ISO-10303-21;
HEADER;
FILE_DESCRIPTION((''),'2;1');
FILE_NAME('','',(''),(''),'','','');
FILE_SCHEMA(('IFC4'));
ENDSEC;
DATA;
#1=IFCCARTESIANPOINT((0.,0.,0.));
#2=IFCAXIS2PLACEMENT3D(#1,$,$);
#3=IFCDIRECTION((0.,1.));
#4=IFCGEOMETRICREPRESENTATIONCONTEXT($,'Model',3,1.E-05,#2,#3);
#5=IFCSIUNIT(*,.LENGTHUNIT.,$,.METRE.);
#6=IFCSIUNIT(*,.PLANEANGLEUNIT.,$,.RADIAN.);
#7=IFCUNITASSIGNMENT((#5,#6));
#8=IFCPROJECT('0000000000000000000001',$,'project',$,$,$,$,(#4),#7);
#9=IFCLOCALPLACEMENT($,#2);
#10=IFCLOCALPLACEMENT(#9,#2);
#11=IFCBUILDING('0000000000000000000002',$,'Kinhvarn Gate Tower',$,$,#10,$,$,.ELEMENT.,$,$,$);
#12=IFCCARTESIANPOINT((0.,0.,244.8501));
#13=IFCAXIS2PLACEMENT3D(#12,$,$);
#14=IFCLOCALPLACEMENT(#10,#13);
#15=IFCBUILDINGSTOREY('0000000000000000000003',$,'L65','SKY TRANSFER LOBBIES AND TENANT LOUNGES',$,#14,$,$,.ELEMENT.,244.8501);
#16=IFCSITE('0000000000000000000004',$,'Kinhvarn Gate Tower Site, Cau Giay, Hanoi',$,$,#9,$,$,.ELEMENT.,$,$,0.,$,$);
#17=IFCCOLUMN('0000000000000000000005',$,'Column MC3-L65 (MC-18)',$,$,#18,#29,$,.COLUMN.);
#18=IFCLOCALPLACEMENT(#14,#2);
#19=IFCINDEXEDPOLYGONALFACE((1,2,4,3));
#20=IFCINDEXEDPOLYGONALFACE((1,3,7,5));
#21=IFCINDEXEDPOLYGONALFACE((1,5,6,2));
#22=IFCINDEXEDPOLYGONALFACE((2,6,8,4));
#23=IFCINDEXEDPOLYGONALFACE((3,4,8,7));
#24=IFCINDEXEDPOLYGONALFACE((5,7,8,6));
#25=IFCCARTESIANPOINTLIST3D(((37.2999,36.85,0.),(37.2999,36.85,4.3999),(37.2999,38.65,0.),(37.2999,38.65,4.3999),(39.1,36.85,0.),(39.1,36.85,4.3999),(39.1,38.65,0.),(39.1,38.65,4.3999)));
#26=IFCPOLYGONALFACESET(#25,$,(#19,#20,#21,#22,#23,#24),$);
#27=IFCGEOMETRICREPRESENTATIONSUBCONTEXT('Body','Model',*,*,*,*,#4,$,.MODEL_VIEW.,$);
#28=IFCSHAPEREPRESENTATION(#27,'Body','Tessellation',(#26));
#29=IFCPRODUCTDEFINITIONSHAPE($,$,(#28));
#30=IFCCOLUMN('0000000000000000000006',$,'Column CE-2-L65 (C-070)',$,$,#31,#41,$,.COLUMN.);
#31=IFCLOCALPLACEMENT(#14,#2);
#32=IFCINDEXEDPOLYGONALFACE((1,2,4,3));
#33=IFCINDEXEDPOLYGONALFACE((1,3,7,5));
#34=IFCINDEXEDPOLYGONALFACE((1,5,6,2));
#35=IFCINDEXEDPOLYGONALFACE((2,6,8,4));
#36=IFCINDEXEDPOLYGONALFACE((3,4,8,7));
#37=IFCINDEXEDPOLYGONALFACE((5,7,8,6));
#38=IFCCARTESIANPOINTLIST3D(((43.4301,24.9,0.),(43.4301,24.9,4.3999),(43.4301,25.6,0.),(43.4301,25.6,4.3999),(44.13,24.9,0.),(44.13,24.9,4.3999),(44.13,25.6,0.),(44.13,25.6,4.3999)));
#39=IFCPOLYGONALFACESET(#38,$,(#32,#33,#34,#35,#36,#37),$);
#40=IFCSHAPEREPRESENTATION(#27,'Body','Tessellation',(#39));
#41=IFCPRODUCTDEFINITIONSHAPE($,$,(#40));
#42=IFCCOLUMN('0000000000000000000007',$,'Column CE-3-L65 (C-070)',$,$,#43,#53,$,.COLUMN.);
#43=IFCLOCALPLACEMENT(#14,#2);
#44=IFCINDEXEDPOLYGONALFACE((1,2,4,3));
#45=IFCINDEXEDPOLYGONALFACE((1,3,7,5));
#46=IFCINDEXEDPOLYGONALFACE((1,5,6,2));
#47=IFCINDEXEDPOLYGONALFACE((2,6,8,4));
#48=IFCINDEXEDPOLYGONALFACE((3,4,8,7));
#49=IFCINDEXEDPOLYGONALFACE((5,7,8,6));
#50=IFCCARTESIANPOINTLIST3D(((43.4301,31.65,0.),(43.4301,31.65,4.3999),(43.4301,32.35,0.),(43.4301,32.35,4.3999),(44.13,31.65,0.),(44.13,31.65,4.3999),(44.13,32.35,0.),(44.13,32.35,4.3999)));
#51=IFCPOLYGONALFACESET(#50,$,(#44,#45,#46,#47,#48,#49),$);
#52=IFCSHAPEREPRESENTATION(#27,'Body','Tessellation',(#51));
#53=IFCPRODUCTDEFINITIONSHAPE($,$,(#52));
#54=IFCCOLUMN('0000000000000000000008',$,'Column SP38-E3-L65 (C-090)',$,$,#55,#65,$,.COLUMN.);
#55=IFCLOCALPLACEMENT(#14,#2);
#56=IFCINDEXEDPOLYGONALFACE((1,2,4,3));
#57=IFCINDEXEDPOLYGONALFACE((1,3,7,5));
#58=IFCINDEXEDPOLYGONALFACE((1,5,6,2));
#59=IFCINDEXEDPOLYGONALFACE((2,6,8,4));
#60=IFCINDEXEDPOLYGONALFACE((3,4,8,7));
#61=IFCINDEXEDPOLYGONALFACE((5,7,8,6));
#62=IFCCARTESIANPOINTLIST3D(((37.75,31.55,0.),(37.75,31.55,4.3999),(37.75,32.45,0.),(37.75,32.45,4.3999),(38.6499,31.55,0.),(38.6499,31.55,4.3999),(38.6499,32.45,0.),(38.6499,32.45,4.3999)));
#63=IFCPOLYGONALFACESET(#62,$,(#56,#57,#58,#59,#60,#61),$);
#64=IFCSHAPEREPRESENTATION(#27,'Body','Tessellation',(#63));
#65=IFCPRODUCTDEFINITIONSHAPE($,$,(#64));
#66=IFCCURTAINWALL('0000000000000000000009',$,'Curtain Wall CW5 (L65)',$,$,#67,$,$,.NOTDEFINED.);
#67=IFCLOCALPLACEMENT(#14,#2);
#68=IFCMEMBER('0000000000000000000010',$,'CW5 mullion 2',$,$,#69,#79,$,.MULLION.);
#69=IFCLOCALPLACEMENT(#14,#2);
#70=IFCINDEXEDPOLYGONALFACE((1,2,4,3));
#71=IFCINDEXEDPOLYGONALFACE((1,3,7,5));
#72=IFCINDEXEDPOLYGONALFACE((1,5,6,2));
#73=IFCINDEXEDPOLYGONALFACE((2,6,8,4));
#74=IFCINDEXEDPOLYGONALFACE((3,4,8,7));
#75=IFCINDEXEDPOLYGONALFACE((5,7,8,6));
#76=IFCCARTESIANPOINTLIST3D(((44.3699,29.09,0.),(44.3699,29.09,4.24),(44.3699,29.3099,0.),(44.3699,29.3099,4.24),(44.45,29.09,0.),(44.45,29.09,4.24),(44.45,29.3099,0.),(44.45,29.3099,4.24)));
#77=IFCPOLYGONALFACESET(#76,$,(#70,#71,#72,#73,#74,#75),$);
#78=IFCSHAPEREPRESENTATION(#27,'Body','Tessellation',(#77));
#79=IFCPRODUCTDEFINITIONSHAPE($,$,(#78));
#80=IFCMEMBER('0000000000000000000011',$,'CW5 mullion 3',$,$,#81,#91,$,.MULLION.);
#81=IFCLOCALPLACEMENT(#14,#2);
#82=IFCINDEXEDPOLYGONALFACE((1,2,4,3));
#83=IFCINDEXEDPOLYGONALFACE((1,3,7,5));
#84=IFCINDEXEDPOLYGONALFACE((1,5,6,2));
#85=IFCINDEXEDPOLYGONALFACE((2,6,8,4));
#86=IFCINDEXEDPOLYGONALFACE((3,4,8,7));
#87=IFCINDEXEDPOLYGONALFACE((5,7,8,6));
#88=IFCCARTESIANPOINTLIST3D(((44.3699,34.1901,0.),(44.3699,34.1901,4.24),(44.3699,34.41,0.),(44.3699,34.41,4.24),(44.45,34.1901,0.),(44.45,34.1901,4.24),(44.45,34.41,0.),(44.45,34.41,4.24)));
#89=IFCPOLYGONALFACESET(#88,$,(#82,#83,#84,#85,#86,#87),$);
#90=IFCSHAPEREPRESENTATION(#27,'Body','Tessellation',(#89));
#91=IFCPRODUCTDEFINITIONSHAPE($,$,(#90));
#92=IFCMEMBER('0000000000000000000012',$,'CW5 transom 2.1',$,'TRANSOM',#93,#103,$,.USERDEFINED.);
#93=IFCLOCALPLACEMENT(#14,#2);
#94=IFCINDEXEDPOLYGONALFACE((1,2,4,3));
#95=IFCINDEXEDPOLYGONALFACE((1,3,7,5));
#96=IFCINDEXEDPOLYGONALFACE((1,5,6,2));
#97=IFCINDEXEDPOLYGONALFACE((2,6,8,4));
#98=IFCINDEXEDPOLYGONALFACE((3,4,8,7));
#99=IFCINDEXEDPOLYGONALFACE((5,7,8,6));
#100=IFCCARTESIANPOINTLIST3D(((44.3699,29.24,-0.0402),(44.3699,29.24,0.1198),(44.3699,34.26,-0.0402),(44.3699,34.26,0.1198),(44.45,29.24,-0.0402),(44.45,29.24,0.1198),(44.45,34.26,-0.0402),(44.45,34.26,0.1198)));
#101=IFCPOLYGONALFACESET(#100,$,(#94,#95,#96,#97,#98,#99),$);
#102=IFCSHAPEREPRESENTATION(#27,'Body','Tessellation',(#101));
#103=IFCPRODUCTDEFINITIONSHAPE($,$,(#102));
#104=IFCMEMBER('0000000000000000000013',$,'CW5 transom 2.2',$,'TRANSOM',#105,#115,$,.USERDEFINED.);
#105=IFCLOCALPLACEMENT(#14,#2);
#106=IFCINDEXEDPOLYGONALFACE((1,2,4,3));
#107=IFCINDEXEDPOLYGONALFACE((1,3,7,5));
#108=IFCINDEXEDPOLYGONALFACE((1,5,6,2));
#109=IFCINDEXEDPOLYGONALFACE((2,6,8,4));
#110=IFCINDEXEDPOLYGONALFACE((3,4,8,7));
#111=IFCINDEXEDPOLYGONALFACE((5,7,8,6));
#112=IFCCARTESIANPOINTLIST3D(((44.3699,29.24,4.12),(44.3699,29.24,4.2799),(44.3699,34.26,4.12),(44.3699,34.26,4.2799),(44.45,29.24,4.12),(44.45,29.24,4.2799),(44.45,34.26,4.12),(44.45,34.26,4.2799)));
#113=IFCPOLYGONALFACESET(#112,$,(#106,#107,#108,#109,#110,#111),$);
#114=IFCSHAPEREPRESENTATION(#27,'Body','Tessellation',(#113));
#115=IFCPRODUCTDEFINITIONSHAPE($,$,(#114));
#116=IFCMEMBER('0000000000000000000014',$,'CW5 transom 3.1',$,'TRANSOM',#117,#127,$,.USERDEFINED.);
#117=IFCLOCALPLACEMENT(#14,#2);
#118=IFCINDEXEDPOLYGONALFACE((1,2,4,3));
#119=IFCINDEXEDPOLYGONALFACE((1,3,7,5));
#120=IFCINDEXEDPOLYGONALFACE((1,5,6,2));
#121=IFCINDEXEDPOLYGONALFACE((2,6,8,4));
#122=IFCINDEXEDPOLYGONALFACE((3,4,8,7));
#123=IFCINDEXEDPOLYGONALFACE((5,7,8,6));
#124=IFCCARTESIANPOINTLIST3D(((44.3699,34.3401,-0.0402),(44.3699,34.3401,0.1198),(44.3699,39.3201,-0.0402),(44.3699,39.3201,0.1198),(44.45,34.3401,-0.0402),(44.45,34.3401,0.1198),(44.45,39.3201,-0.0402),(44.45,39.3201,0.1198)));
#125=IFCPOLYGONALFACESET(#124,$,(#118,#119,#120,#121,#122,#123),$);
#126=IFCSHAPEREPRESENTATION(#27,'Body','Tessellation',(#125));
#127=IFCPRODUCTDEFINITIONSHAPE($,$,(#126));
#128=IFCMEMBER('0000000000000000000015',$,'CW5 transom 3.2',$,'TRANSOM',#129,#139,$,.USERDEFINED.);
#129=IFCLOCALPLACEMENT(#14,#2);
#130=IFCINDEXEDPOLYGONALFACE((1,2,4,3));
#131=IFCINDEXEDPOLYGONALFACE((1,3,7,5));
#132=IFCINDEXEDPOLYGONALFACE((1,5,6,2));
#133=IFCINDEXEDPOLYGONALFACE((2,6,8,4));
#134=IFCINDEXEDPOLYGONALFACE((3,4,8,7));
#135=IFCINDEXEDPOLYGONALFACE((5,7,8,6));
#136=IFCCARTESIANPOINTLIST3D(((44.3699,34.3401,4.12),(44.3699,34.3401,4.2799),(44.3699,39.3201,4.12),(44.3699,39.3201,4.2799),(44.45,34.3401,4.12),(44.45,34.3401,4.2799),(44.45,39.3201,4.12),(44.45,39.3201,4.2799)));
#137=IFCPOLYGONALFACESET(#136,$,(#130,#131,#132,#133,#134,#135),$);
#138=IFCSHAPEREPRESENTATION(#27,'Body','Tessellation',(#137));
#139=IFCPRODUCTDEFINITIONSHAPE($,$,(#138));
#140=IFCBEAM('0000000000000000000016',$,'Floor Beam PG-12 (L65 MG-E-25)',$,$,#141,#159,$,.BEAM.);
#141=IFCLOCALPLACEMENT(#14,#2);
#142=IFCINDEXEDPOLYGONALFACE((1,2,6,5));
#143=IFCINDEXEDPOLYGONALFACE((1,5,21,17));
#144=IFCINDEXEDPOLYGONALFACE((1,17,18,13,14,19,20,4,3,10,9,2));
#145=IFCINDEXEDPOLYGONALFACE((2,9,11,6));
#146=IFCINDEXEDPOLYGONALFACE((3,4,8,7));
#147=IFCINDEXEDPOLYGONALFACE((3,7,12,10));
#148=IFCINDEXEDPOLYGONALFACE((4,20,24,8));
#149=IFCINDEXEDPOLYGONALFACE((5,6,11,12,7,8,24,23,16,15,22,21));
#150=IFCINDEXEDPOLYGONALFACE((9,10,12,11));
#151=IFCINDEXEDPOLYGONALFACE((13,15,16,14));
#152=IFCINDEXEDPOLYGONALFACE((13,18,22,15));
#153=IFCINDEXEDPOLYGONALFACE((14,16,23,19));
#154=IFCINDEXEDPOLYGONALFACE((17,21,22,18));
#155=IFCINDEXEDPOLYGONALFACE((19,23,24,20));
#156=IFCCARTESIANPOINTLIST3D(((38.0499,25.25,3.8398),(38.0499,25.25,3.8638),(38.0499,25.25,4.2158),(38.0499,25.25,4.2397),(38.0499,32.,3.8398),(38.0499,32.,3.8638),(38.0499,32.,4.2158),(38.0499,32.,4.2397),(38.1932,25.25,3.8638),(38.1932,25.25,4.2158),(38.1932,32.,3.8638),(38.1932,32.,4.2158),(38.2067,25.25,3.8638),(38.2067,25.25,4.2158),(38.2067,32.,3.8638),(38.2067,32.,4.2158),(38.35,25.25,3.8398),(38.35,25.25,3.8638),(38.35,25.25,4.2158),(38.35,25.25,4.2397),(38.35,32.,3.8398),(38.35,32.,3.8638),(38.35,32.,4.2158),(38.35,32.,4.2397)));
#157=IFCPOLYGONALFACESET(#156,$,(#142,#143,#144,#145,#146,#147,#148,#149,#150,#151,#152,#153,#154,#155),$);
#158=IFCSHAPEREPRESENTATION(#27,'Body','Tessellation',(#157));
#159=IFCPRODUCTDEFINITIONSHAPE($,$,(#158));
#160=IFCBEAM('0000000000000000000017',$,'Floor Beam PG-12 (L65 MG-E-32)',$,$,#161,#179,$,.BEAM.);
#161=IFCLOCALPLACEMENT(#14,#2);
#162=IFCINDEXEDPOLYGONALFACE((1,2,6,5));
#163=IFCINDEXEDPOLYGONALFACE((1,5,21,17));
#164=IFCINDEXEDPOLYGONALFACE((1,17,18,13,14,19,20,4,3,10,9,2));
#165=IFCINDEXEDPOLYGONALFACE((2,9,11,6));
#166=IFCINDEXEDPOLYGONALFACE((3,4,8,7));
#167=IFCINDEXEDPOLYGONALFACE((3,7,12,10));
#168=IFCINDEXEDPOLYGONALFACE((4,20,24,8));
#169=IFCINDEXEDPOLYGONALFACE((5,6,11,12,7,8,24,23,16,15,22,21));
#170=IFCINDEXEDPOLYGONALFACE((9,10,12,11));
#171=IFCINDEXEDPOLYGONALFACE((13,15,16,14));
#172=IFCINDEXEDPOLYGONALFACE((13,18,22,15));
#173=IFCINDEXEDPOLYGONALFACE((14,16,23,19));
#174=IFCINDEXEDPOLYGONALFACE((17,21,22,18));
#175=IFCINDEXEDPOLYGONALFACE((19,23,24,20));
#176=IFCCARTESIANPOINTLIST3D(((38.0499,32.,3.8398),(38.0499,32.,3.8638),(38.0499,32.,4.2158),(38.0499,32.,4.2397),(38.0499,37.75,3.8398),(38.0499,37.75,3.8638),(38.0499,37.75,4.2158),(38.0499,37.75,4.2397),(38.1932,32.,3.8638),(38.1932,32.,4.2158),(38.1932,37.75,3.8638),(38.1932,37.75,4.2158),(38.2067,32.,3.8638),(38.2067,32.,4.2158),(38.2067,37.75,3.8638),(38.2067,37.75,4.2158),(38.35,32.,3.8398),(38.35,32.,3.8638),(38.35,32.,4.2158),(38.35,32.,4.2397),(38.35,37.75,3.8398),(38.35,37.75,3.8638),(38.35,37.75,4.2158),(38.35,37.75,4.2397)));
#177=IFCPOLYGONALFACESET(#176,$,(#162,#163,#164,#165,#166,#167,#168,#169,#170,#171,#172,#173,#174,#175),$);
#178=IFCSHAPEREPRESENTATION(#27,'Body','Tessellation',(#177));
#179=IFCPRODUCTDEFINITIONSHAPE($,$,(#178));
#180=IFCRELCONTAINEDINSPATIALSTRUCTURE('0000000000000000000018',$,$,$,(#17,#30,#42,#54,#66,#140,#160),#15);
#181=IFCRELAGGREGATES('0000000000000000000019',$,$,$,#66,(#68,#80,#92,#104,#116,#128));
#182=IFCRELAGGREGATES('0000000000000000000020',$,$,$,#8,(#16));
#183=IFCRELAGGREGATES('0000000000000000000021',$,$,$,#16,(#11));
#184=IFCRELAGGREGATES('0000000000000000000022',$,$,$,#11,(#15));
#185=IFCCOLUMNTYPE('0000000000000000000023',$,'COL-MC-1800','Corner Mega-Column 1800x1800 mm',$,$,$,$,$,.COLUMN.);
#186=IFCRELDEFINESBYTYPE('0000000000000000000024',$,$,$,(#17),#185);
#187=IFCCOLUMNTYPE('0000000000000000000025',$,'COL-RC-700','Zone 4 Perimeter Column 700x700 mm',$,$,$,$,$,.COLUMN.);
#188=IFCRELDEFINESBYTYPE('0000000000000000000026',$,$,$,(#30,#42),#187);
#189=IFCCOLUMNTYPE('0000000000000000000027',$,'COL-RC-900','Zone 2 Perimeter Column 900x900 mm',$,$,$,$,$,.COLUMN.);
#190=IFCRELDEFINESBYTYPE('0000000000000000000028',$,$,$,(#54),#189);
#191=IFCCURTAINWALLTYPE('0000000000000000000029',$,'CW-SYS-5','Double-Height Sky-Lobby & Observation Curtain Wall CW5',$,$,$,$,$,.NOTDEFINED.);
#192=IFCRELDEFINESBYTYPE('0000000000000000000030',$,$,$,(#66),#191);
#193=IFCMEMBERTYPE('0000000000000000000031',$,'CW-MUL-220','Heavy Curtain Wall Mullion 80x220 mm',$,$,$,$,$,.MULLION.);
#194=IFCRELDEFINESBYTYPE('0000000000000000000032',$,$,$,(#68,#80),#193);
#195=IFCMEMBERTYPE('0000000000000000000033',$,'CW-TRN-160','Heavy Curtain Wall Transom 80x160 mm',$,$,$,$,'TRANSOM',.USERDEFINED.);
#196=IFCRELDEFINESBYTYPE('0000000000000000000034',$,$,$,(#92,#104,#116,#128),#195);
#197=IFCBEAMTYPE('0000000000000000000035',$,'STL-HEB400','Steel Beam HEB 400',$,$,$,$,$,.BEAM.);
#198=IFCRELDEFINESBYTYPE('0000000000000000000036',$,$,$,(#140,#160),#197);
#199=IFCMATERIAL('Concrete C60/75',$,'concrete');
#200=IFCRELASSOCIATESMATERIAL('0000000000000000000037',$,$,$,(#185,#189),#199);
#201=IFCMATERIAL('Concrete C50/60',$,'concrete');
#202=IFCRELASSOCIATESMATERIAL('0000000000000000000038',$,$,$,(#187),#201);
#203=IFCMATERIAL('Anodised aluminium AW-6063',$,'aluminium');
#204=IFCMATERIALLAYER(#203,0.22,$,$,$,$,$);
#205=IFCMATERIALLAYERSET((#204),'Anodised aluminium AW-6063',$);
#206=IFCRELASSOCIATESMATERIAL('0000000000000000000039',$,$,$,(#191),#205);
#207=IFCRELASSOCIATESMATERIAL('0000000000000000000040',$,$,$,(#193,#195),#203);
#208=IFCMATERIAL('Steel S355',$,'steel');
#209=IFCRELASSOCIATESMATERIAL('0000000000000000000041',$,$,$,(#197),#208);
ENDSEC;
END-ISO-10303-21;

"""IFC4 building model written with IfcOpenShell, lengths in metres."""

from ifc_helpers import new_model, si_unit, direction, frame, origin, origin_2d, place, context, subcontext, project, spatial, rectangle, i_section, extrude, material, layer, layer_set, material_profile, profile_set, type_object, element, aggregate, save


model = new_model("IFC4")

# Units and contexts
model_context = context("Model", 3, precision=1e-05, world=origin(), true_north=direction((0.0, 1.0)))
body_context = subcontext(model_context, "Body", "Model", "MODEL_VIEW")
ifc_project = project(units=[si_unit("LENGTHUNIT", "METRE"), si_unit("PLANEANGLEUNIT", "RADIAN")], contexts=[model_context])

# Site, building, storey
site_placement = place(None, origin())
site = spatial("IfcSite", under=ifc_project, at=site_placement, Name="Kinhvarn Gate Tower Site, Cau Giay, Hanoi", CompositionType="ELEMENT", RefElevation=0.0)
building_placement = place(site_placement, origin())
building = spatial("IfcBuilding", under=site, at=building_placement, Name="Kinhvarn Gate Tower", CompositionType="ELEMENT")
storey_placement = place(building_placement, frame((0.0, 0.0, 244.8501)))
storey = spatial("IfcBuildingStorey", under=building, at=storey_placement, Name="L65", Description="SKY TRANSFER LOBBIES AND TENANT LOUNGES", CompositionType="ELEMENT", Elevation=244.8501)

# Columns
ifc_material_1 = material(Name="Concrete C60/75", Category="concrete")
ifc_material_profile_1 = material_profile(ifc_material_1, rectangle(XDim=1.8, YDim=1.8, at=origin_2d()), Name="RC 1800x1800")
ifc_profile_set_1 = profile_set([ifc_material_profile_1], Name="Concrete C60/75")
column_type_1 = type_object("IfcColumnType", Name="COL-MC-1800", Description="Corner Mega-Column 1800x1800 mm", PredefinedType="COLUMN", material=ifc_profile_set_1)
column_1_placement = place(storey_placement, frame((38.2, 37.75, 0.0), z_axis=(0.0, 0.0, 1.0), x_axis=(1.0, 0.0, 0.0)))
element("IfcColumn", 1, at=column_1_placement, inside=storey, type_object=column_type_1, Name="Column MC3-L65 (MC-18)", PredefinedType="COLUMN", context=body_context, shape_type="SweptSolid", body=[
    extrude(rectangle(XDim=1.8, YDim=1.8, at=origin_2d()), origin(), (0.0, 0.0, 1.0), 4.3999),
])
ifc_material_2 = material(Name="Concrete C50/60", Category="concrete")
ifc_material_profile_2 = material_profile(ifc_material_2, rectangle(XDim=0.7, YDim=0.7, at=origin_2d()), Name="RC 700x700")
ifc_profile_set_2 = profile_set([ifc_material_profile_2], Name="Concrete C50/60")
column_type_2 = type_object("IfcColumnType", Name="COL-RC-700", Description="Zone 4 Perimeter Column 700x700 mm", PredefinedType="COLUMN", material=ifc_profile_set_2)
for number, where, z_axis, x_axis, name in (
    (2, (43.78, 25.25, 0.0), (0.0, 0.0, 1.0), (1.0, 0.0, 0.0), "Column CE-2-L65 (C-070)"),
    (3, (43.78, 32.0, 0.0), (0.0, 0.0, 1.0), (1.0, 0.0, 0.0), "Column CE-3-L65 (C-070)"),
):
    element("IfcColumn", number, at=place(storey_placement, frame(where, z_axis=z_axis, x_axis=x_axis)), inside=storey, type_object=column_type_2, Name=name, PredefinedType="COLUMN", context=body_context, shape_type="SweptSolid", body=[
        extrude(rectangle(XDim=0.7, YDim=0.7, at=origin_2d()), origin(), (0.0, 0.0, 1.0), 4.3999),
    ])
ifc_material_profile_3 = material_profile(ifc_material_1, rectangle(XDim=0.8999, YDim=0.8999, at=origin_2d()), Name="RC 900x900")
ifc_profile_set_3 = profile_set([ifc_material_profile_3], Name="Concrete C60/75")
column_type_3 = type_object("IfcColumnType", Name="COL-RC-900", Description="Zone 2 Perimeter Column 900x900 mm", PredefinedType="COLUMN", material=ifc_profile_set_3)
column_2_placement = place(storey_placement, frame((38.2, 32.0, 0.0), z_axis=(0.0, 0.0, 1.0), x_axis=(1.0, 0.0, 0.0)))
element("IfcColumn", 4, at=column_2_placement, inside=storey, type_object=column_type_3, Name="Column SP38-E3-L65 (C-090)", PredefinedType="COLUMN", context=body_context, shape_type="SweptSolid", body=[
    extrude(rectangle(XDim=0.8999, YDim=0.8999, at=origin_2d()), origin(), (0.0, 0.0, 1.0), 4.3999),
])

# Curtain wall, members
ifc_material_3 = material(Name="Anodised aluminium AW-6063", Category="aluminium")
ifc_layer_1 = layer(ifc_material_3, 0.22)
ifc_layer_set_1 = layer_set([ifc_layer_1], Name="Anodised aluminium AW-6063")
curtain_wall_type = type_object("IfcCurtainWallType", Name="CW-SYS-5", Description="Double-Height Sky-Lobby & Observation Curtain Wall CW5", PredefinedType="NOTDEFINED", material=ifc_layer_set_1)
curtain_wall_placement = place(storey_placement, origin())
curtain_wall = element("IfcCurtainWall", 5, at=curtain_wall_placement, inside=storey, type_object=curtain_wall_type, Name="Curtain Wall CW5 (L65)", PredefinedType="NOTDEFINED")
ifc_material_profile_4 = material_profile(ifc_material_3, rectangle(XDim=0.0801, YDim=0.22, at=origin_2d()), Name="ALU 80x220")
ifc_profile_set_4 = profile_set([ifc_material_profile_4], Name="Anodised aluminium AW-6063")
member_type_1 = type_object("IfcMemberType", Name="CW-MUL-220", Description="Heavy Curtain Wall Mullion 80x220 mm", PredefinedType="MULLION", material=ifc_profile_set_4)
member_1_placement = place(storey_placement, frame((44.4099, 29.2, 0.0), z_axis=(0.0, 0.0, 1.0), x_axis=(-1.0, 0.0, 0.0)))
member_1 = element("IfcMember", 6, at=member_1_placement, type_object=member_type_1, Name="CW5 mullion 2", PredefinedType="MULLION", context=body_context, shape_type="SweptSolid", body=[
    extrude(rectangle(XDim=0.0801, YDim=0.22, at=origin_2d()), origin(), (0.0, 0.0, 1.0), 4.24),
])
member_2_placement = place(storey_placement, frame((44.4099, 34.3, 0.0), z_axis=(0.0, 0.0, 1.0), x_axis=(-1.0, 0.0, 0.0)))
member_2 = element("IfcMember", 7, at=member_2_placement, type_object=member_type_1, Name="CW5 mullion 3", PredefinedType="MULLION", context=body_context, shape_type="SweptSolid", body=[
    extrude(rectangle(XDim=0.0801, YDim=0.22, at=origin_2d()), origin(), (0.0, 0.0, 1.0), 4.24),
])
ifc_material_profile_5 = material_profile(ifc_material_3, rectangle(XDim=0.0801, YDim=0.1599, at=origin_2d()), Name="ALU 80x160")
ifc_profile_set_5 = profile_set([ifc_material_profile_5], Name="Anodised aluminium AW-6063")
member_type_2 = type_object("IfcMemberType", Name="CW-TRN-160", Description="Heavy Curtain Wall Transom 80x160 mm", ElementType="TRANSOM", PredefinedType="USERDEFINED", material=ifc_profile_set_5)
member_3_placement = place(storey_placement, frame((44.4099, 29.24, 0.0398), z_axis=(0.0, 1.0, 0.0), x_axis=(-1.0, 0.0, 0.0)))
member_3 = element("IfcMember", 8, at=member_3_placement, type_object=member_type_2, Name="CW5 transom 2.1", ObjectType="TRANSOM", PredefinedType="USERDEFINED", context=body_context, shape_type="SweptSolid", body=[
    extrude(rectangle(XDim=0.0801, YDim=0.1599, at=origin_2d()), origin(), (0.0, 0.0, 1.0), 5.02),
])
member_4_placement = place(storey_placement, frame((44.4099, 29.24, 4.2), z_axis=(0.0, 1.0, 0.0), x_axis=(-1.0, 0.0, 0.0)))
member_4 = element("IfcMember", 9, at=member_4_placement, type_object=member_type_2, Name="CW5 transom 2.2", ObjectType="TRANSOM", PredefinedType="USERDEFINED", context=body_context, shape_type="SweptSolid", body=[
    extrude(rectangle(XDim=0.0801, YDim=0.1599, at=origin_2d()), origin(), (0.0, 0.0, 1.0), 5.02),
])
member_5_placement = place(storey_placement, frame((44.4099, 34.3401, 0.0398), z_axis=(0.0, 1.0, 0.0), x_axis=(-1.0, 0.0, 0.0)))
member_5 = element("IfcMember", 10, at=member_5_placement, type_object=member_type_2, Name="CW5 transom 3.1", ObjectType="TRANSOM", PredefinedType="USERDEFINED", context=body_context, shape_type="SweptSolid", body=[
    extrude(rectangle(XDim=0.0801, YDim=0.1599, at=origin_2d()), origin(), (0.0, 0.0, 1.0), 4.98),
])
member_6_placement = place(storey_placement, frame((44.4099, 34.3401, 4.2), z_axis=(0.0, 1.0, 0.0), x_axis=(-1.0, 0.0, 0.0)))
member_6 = element("IfcMember", 11, at=member_6_placement, type_object=member_type_2, Name="CW5 transom 3.2", ObjectType="TRANSOM", PredefinedType="USERDEFINED", context=body_context, shape_type="SweptSolid", body=[
    extrude(rectangle(XDim=0.0801, YDim=0.1599, at=origin_2d()), origin(), (0.0, 0.0, 1.0), 4.98),
])

# Beams
ifc_material_4 = material(Name="Steel S355", Category="steel")
ifc_material_profile_6 = material_profile(ifc_material_4, i_section(OverallWidth=0.3, OverallDepth=0.3999, WebThickness=0.0134, FlangeThickness=0.0239, at=origin_2d()), Name="HEB 400")
ifc_profile_set_6 = profile_set([ifc_material_profile_6], Name="Steel S355")
beam_type_1 = type_object("IfcBeamType", Name="STL-HEB400", Description="Steel Beam HEB 400", PredefinedType="BEAM", material=ifc_profile_set_6)
beam_1_placement = place(storey_placement, frame((38.2, 25.25, 4.0398), z_axis=(0.0, 1.0, 0.0), x_axis=(-1.0, 0.0, 0.0)))
element("IfcBeam", 12, at=beam_1_placement, inside=storey, type_object=beam_type_1, Name="Floor Beam PG-12 (L65 MG-E-25)", PredefinedType="BEAM", context=body_context, shape_type="SweptSolid", body=[
    extrude(i_section(OverallWidth=0.3, OverallDepth=0.3999, WebThickness=0.0134, FlangeThickness=0.0239, at=origin_2d()), origin(), (0.0, 0.0, 1.0), 6.75),
])
beam_2_placement = place(storey_placement, frame((38.2, 32.0, 4.0398), z_axis=(0.0, 1.0, 0.0), x_axis=(-1.0, 0.0, 0.0)))
element("IfcBeam", 13, at=beam_2_placement, inside=storey, type_object=beam_type_1, Name="Floor Beam PG-12 (L65 MG-E-32)", PredefinedType="BEAM", context=body_context, shape_type="SweptSolid", body=[
    extrude(i_section(OverallWidth=0.3, OverallDepth=0.3999, WebThickness=0.0134, FlangeThickness=0.0239, at=origin_2d()), origin(), (0.0, 0.0, 1.0), 5.75),
])

aggregate(curtain_wall, [member_1, member_2, member_3, member_4, member_5, member_6])

save(model, "model.ifc")
